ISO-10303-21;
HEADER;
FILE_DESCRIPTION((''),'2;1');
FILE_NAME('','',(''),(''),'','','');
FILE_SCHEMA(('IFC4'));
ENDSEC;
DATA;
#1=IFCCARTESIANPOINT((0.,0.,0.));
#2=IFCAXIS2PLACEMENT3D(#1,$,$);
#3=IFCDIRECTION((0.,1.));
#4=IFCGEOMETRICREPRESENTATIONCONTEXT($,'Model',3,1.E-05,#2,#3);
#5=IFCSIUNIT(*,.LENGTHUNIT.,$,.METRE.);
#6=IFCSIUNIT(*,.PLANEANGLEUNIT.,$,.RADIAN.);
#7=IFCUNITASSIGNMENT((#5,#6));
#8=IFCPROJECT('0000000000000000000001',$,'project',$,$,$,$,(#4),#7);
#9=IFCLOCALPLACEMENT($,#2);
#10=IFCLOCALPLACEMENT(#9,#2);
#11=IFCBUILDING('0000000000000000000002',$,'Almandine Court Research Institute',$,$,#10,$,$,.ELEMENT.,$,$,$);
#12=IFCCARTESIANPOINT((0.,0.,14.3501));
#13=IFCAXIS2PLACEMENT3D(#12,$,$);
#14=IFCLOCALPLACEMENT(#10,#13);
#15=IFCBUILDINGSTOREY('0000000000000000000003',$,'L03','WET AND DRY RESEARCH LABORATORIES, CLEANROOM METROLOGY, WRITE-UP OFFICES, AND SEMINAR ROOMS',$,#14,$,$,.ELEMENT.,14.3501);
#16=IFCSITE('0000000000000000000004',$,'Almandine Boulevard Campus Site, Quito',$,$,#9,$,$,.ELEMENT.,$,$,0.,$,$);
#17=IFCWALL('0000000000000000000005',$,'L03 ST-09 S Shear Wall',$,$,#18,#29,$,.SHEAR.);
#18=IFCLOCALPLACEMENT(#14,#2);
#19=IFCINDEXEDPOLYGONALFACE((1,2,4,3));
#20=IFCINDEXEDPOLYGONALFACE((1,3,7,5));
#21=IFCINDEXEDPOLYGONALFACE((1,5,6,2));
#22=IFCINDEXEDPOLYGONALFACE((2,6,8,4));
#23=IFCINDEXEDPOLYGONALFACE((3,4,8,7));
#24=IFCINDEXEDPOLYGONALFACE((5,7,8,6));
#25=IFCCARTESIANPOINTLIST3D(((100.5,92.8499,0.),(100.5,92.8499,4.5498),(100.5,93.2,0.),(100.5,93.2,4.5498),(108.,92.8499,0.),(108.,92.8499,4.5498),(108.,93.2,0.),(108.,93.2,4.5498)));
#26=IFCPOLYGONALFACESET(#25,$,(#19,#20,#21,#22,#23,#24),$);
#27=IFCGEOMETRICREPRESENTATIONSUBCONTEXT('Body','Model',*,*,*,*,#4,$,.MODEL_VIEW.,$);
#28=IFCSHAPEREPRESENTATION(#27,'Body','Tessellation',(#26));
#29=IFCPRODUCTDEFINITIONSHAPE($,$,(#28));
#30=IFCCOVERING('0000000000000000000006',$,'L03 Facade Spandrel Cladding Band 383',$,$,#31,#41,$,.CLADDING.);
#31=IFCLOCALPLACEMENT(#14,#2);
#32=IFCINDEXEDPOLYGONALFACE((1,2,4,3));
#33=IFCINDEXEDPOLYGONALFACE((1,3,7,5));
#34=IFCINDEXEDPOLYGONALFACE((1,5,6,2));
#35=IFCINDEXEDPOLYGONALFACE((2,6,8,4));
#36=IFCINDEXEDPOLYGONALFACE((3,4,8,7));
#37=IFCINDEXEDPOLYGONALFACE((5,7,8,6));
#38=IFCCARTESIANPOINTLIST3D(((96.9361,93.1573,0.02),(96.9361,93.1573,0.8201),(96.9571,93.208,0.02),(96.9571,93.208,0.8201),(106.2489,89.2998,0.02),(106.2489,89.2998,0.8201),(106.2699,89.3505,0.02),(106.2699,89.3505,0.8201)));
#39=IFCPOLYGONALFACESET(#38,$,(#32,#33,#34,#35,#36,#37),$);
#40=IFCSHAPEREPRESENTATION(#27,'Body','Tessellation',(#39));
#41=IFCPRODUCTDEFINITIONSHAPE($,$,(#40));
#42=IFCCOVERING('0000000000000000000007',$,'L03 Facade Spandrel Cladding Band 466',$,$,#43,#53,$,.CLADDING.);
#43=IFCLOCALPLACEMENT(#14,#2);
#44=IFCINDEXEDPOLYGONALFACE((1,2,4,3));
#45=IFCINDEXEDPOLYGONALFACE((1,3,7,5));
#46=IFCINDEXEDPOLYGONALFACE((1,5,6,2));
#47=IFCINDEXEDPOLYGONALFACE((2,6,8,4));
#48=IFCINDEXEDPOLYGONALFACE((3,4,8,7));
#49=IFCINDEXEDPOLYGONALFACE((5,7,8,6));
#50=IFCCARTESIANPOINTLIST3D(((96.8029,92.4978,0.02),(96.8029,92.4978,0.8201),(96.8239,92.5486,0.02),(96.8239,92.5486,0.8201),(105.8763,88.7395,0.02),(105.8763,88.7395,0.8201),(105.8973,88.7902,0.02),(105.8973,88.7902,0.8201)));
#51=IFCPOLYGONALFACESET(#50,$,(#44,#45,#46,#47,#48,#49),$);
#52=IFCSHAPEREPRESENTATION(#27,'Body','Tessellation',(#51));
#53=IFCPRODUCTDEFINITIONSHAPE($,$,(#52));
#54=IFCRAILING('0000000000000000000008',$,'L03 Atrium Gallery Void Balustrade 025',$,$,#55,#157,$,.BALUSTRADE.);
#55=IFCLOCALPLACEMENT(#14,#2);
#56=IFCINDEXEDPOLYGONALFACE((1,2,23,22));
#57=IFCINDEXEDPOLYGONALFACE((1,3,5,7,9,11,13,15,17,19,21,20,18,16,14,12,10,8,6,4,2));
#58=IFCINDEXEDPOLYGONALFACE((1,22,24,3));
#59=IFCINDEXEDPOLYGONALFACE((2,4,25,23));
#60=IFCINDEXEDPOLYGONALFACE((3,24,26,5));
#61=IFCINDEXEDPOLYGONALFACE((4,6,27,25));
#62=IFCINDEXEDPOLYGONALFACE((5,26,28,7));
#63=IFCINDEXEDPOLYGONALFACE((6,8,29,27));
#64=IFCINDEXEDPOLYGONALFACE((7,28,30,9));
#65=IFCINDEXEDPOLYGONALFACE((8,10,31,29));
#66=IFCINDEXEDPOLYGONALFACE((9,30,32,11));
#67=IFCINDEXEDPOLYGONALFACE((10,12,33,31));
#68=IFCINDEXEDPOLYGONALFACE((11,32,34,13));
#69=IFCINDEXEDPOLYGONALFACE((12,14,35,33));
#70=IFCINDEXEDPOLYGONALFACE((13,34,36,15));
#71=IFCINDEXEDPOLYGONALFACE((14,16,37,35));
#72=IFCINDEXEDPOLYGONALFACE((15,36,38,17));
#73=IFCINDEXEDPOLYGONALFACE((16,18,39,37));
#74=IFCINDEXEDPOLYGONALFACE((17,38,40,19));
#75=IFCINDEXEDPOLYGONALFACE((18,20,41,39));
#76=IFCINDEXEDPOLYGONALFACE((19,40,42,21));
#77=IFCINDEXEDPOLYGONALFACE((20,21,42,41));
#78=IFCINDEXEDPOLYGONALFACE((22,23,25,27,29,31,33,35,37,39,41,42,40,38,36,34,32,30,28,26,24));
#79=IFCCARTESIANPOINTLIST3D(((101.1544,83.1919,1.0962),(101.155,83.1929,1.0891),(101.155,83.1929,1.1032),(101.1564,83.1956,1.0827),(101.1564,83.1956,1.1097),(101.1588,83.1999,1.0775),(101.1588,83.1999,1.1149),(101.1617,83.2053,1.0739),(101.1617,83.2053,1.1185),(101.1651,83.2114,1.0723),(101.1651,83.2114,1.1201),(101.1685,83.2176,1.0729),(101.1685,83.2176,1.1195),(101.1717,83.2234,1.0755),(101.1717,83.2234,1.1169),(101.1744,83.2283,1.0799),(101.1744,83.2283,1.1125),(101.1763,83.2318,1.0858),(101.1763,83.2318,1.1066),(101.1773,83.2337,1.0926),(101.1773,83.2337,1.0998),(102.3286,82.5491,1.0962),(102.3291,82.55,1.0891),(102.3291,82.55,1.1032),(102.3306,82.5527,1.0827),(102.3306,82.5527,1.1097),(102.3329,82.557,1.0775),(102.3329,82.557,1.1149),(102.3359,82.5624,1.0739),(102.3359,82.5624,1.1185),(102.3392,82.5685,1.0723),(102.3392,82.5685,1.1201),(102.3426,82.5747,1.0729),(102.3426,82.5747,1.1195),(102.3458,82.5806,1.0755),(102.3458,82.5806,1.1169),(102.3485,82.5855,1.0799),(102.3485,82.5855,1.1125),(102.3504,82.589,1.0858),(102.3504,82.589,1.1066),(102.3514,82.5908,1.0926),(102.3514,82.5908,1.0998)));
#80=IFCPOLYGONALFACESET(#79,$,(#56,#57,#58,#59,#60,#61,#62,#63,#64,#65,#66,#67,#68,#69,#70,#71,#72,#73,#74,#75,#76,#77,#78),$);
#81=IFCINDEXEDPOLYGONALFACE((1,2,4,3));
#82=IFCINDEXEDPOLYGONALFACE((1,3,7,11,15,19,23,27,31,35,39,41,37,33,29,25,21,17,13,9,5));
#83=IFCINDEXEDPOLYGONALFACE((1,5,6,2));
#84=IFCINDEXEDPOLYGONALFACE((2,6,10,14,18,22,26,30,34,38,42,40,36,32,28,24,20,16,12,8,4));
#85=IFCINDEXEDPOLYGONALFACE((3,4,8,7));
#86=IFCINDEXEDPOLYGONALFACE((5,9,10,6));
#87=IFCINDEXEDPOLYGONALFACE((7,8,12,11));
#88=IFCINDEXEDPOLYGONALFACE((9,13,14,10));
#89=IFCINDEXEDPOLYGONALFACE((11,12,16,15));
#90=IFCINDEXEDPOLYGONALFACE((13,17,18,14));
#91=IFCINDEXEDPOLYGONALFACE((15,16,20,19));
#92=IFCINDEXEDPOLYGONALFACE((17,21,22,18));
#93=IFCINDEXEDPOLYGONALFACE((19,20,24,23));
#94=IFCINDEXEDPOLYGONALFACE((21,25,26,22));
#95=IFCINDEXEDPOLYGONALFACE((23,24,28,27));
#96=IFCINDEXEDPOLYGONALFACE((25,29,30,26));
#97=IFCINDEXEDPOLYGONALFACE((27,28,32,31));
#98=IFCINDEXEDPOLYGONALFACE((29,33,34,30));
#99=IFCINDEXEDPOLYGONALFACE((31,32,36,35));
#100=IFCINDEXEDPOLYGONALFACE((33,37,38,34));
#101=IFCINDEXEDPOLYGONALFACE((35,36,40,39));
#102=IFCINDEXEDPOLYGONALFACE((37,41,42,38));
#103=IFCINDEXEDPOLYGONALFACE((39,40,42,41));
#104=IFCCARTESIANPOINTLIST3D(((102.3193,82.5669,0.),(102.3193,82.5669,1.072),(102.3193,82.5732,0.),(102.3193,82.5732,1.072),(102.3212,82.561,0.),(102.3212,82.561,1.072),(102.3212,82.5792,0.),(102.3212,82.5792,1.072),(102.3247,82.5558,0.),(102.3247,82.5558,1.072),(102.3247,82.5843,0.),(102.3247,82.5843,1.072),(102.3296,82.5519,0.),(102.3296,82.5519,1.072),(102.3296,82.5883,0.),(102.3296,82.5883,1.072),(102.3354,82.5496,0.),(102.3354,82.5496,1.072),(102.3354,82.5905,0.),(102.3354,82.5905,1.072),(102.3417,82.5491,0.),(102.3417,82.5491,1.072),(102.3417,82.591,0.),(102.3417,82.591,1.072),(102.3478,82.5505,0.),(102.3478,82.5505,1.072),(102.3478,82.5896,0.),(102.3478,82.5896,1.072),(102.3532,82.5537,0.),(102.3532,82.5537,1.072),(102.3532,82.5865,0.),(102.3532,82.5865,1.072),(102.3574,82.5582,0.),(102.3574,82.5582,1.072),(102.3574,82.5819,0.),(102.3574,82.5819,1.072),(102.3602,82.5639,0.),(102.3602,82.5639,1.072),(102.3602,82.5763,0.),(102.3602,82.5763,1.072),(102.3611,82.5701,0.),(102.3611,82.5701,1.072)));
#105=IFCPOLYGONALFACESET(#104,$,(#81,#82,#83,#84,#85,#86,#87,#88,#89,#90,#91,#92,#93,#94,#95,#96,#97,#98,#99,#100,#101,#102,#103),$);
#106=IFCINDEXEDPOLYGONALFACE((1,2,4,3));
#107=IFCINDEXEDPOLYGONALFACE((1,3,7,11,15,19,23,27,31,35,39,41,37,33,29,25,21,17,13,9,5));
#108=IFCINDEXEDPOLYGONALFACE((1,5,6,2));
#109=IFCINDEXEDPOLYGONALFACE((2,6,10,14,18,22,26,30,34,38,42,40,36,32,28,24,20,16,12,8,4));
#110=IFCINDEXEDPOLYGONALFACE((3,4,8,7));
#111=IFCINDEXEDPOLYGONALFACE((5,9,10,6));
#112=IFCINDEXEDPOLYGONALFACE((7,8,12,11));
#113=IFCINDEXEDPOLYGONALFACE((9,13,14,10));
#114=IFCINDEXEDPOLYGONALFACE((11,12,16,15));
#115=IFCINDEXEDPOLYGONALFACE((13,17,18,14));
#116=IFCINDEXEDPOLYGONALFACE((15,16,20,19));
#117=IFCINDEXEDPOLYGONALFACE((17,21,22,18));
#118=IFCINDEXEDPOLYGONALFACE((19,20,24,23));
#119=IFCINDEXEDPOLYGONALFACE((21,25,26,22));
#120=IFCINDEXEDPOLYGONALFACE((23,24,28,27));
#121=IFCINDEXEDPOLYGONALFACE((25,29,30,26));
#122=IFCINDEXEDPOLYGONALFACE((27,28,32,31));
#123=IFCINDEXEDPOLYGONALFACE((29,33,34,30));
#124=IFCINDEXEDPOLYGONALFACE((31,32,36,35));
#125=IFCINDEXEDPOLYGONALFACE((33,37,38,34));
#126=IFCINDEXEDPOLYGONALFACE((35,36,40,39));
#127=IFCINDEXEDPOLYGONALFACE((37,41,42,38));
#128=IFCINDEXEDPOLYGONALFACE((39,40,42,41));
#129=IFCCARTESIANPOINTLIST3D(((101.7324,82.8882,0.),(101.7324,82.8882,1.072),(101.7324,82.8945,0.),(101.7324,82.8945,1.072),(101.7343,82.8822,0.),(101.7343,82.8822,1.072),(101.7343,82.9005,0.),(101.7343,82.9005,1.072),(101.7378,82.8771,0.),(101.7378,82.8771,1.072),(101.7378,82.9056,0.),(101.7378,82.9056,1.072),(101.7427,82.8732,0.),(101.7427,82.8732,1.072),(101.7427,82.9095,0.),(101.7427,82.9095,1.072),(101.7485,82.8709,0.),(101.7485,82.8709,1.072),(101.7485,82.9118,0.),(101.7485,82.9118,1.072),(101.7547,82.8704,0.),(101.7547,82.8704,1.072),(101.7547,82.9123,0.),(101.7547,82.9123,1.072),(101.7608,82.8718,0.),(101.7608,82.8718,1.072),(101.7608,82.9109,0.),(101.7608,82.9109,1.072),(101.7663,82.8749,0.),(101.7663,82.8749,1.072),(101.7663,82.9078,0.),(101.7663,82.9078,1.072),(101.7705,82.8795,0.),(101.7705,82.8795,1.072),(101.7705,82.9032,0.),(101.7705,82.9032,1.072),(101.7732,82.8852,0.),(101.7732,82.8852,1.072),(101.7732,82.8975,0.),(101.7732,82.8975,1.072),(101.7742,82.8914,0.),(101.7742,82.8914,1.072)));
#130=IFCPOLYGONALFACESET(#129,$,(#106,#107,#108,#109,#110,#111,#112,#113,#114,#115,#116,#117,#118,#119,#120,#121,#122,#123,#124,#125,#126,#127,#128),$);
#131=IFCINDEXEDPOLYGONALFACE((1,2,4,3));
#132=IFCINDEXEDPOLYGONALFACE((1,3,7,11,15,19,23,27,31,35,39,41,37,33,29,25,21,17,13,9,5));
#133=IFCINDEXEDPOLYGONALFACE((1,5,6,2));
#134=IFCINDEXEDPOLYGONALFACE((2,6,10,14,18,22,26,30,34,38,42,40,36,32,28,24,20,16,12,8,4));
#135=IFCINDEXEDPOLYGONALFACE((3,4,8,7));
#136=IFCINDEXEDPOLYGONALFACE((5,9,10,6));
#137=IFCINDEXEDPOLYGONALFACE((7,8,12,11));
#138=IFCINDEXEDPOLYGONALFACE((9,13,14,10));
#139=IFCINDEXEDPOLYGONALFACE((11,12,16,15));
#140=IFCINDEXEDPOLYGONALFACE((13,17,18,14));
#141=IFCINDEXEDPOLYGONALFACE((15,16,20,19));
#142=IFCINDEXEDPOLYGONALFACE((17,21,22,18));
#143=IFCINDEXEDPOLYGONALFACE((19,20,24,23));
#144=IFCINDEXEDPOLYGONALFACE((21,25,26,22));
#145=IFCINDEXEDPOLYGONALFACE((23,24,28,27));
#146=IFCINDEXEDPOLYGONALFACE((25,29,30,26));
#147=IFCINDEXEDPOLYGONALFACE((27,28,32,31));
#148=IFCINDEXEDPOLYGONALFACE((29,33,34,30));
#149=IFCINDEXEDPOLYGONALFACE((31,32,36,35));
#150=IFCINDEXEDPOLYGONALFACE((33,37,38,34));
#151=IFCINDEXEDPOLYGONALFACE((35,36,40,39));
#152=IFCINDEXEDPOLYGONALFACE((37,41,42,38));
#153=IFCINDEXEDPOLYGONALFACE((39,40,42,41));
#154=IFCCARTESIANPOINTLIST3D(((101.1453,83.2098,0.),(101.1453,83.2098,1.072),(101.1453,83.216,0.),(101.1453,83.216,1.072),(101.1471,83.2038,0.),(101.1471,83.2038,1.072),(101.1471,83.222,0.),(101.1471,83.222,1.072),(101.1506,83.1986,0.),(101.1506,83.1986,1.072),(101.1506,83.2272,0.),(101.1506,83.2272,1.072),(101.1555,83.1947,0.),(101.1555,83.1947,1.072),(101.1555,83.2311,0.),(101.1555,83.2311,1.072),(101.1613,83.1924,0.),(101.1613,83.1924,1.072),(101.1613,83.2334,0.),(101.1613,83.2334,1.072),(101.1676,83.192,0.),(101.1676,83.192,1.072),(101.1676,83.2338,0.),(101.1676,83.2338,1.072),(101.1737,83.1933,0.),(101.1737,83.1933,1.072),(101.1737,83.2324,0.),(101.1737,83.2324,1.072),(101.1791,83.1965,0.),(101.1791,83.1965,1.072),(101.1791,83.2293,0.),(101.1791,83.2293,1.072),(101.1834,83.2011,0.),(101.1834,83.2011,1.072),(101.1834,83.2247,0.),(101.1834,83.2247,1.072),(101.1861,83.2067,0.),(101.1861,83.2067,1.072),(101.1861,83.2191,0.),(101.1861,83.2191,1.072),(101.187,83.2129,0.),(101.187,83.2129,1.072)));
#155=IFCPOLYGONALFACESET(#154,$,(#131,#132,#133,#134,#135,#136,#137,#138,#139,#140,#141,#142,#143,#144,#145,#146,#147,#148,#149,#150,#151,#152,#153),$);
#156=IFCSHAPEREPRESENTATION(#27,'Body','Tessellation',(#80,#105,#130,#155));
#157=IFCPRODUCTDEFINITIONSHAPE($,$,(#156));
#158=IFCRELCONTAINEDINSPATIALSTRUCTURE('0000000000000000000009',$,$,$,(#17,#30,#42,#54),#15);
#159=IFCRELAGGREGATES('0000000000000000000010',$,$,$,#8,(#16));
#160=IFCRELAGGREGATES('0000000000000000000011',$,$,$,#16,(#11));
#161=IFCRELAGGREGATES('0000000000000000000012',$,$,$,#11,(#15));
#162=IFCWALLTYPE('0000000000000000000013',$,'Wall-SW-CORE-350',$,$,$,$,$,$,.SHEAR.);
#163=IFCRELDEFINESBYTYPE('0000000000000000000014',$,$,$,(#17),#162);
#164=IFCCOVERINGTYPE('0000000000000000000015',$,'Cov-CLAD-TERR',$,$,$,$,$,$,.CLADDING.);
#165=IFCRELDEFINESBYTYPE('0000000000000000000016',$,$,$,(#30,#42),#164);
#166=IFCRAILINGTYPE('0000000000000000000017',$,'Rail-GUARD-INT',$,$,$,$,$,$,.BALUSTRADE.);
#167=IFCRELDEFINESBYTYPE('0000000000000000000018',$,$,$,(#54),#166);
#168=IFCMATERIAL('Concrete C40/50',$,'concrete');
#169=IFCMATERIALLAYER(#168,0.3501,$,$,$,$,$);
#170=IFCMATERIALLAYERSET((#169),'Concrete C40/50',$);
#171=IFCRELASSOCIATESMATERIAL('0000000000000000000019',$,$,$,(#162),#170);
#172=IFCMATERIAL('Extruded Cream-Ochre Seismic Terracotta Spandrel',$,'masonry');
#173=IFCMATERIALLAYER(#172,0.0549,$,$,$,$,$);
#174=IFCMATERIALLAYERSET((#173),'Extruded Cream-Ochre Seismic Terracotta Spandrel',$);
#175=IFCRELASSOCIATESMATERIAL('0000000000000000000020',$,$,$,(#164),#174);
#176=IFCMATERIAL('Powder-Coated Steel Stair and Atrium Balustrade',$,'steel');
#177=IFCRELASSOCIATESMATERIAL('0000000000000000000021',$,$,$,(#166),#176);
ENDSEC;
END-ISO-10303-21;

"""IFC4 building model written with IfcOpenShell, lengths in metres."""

from ifc_helpers import new_model, si_unit, direction, frame, frame_2d, origin, origin_2d, place, context, subcontext, project, spatial, rectangle, circle, extrude, material, layer, layer_set, type_object, element, save


model = new_model("IFC4")

# Units and contexts
model_context = context("Model", 3, precision=1e-05, world=origin(), true_north=direction((0.0, 1.0)))
body_context = subcontext(model_context, "Body", "Model", "MODEL_VIEW")
ifc_project = project(units=[si_unit("LENGTHUNIT", "METRE"), si_unit("PLANEANGLEUNIT", "RADIAN")], contexts=[model_context])

# Site, building, storey
site_placement = place(None, origin())
site = spatial("IfcSite", under=ifc_project, at=site_placement, Name="Almandine Boulevard Campus Site, Quito", CompositionType="ELEMENT", RefElevation=0.0)
building_placement = place(site_placement, origin())
building = spatial("IfcBuilding", under=site, at=building_placement, Name="Almandine Court Research Institute", CompositionType="ELEMENT")
storey_placement = place(building_placement, frame((0.0, 0.0, 14.3501)))
storey = spatial("IfcBuildingStorey", under=building, at=storey_placement, Name="L03", Description="WET AND DRY RESEARCH LABORATORIES, CLEANROOM METROLOGY, WRITE-UP OFFICES, AND SEMINAR ROOMS", CompositionType="ELEMENT", Elevation=14.3501)

# Shared definitions
ifc_material_1 = material(Name="Concrete C40/50", Category="concrete")
ifc_layer_1 = layer(ifc_material_1, 0.3501)
ifc_layer_set_1 = layer_set([ifc_layer_1], Name="Concrete C40/50")
wall_type_1 = type_object("IfcWallType", Name="Wall-SW-CORE-350", PredefinedType="SHEAR", material=ifc_layer_set_1)

# Wall
wall_1_placement = place(storey_placement, frame((108.0, 93.0249, 0.0), z_axis=(0.0, 0.0, 1.0), x_axis=(-1.0, 0.0, 0.0)))
element("IfcWall", 1, at=wall_1_placement, inside=storey, type_object=wall_type_1, Name="L03 ST-09 S Shear Wall", PredefinedType="SHEAR", context=body_context, shape_type="SweptSolid", body=[
    extrude(rectangle(XDim=7.5, YDim=0.3501, at=frame_2d((3.75, 0.0))), origin(), (0.0, 0.0, 1.0), 4.5498),
])

# Coverings
ifc_material_2 = material(Name="Extruded Cream-Ochre Seismic Terracotta Spandrel", Category="masonry")
ifc_layer_2 = layer(ifc_material_2, 0.0549)
ifc_layer_set_2 = layer_set([ifc_layer_2], Name="Extruded Cream-Ochre Seismic Terracotta Spandrel")
covering_type = type_object("IfcCoveringType", Name="Cov-CLAD-TERR", PredefinedType="CLADDING", material=ifc_layer_set_2)
covering_1_placement = place(storey_placement, frame((101.603, 91.2539, 0.02), z_axis=(0.0, 0.0, 1.0), x_axis=(-0.92388, 0.382683, 0.0)))
element("IfcCovering", 2, at=covering_1_placement, inside=storey, type_object=covering_type, Name="L03 Facade Spandrel Cladding Band 383", PredefinedType="CLADDING", context=body_context, shape_type="SweptSolid", body=[
    extrude(rectangle(XDim=10.0801, YDim=0.0549, at=origin_2d()), origin(), (0.0, 0.0, 1.0), 0.8),
])
covering_2_placement = place(storey_placement, frame((101.3501, 90.644, 0.02), z_axis=(0.0, 0.0, 1.0), x_axis=(0.92388, -0.382683, 0.0)))
element("IfcCovering", 3, at=covering_2_placement, inside=storey, type_object=covering_type, Name="L03 Facade Spandrel Cladding Band 466", PredefinedType="CLADDING", context=body_context, shape_type="SweptSolid", body=[
    extrude(rectangle(XDim=9.821, YDim=0.0549, at=origin_2d()), origin(), (0.0, 0.0, 1.0), 0.8),
])

# Railing
ifc_material_3 = material(Name="Powder-Coated Steel Stair and Atrium Balustrade", Category="steel")
railing_type_1 = type_object("IfcRailingType", Name="Rail-GUARD-INT", PredefinedType="BALUSTRADE", material=ifc_material_3)
railing_1_placement = place(storey_placement, frame((102.3401, 82.5701, 0.0)))
element("IfcRailing", 4, at=railing_1_placement, inside=storey, type_object=railing_type_1, Name="L03 Atrium Gallery Void Balustrade 025", PredefinedType="BALUSTRADE", context=body_context, shape_type="SweptSolid", body=[
    extrude(circle(Radius=0.0239, at=origin_2d()), frame((0.0, 0.0, 1.0962), z_axis=(-0.877135, 0.480244, 0.0), x_axis=(-0.480244, -0.877135, 0.0)), (0.0, 0.0, 1.0), 1.3386),
    extrude(circle(Radius=0.021, at=origin_2d()), origin(), (0.0, 0.0, 1.0), 1.072),
    extrude(circle(Radius=0.021, at=origin_2d()), frame((-0.5869, 0.3213, 0.0)), (0.0, 0.0, 1.0), 1.072),
    extrude(circle(Radius=0.021, at=origin_2d()), frame((-1.1741, 0.6428, 0.0)), (0.0, 0.0, 1.0), 1.072),
])

save(model, "model.ifc")
